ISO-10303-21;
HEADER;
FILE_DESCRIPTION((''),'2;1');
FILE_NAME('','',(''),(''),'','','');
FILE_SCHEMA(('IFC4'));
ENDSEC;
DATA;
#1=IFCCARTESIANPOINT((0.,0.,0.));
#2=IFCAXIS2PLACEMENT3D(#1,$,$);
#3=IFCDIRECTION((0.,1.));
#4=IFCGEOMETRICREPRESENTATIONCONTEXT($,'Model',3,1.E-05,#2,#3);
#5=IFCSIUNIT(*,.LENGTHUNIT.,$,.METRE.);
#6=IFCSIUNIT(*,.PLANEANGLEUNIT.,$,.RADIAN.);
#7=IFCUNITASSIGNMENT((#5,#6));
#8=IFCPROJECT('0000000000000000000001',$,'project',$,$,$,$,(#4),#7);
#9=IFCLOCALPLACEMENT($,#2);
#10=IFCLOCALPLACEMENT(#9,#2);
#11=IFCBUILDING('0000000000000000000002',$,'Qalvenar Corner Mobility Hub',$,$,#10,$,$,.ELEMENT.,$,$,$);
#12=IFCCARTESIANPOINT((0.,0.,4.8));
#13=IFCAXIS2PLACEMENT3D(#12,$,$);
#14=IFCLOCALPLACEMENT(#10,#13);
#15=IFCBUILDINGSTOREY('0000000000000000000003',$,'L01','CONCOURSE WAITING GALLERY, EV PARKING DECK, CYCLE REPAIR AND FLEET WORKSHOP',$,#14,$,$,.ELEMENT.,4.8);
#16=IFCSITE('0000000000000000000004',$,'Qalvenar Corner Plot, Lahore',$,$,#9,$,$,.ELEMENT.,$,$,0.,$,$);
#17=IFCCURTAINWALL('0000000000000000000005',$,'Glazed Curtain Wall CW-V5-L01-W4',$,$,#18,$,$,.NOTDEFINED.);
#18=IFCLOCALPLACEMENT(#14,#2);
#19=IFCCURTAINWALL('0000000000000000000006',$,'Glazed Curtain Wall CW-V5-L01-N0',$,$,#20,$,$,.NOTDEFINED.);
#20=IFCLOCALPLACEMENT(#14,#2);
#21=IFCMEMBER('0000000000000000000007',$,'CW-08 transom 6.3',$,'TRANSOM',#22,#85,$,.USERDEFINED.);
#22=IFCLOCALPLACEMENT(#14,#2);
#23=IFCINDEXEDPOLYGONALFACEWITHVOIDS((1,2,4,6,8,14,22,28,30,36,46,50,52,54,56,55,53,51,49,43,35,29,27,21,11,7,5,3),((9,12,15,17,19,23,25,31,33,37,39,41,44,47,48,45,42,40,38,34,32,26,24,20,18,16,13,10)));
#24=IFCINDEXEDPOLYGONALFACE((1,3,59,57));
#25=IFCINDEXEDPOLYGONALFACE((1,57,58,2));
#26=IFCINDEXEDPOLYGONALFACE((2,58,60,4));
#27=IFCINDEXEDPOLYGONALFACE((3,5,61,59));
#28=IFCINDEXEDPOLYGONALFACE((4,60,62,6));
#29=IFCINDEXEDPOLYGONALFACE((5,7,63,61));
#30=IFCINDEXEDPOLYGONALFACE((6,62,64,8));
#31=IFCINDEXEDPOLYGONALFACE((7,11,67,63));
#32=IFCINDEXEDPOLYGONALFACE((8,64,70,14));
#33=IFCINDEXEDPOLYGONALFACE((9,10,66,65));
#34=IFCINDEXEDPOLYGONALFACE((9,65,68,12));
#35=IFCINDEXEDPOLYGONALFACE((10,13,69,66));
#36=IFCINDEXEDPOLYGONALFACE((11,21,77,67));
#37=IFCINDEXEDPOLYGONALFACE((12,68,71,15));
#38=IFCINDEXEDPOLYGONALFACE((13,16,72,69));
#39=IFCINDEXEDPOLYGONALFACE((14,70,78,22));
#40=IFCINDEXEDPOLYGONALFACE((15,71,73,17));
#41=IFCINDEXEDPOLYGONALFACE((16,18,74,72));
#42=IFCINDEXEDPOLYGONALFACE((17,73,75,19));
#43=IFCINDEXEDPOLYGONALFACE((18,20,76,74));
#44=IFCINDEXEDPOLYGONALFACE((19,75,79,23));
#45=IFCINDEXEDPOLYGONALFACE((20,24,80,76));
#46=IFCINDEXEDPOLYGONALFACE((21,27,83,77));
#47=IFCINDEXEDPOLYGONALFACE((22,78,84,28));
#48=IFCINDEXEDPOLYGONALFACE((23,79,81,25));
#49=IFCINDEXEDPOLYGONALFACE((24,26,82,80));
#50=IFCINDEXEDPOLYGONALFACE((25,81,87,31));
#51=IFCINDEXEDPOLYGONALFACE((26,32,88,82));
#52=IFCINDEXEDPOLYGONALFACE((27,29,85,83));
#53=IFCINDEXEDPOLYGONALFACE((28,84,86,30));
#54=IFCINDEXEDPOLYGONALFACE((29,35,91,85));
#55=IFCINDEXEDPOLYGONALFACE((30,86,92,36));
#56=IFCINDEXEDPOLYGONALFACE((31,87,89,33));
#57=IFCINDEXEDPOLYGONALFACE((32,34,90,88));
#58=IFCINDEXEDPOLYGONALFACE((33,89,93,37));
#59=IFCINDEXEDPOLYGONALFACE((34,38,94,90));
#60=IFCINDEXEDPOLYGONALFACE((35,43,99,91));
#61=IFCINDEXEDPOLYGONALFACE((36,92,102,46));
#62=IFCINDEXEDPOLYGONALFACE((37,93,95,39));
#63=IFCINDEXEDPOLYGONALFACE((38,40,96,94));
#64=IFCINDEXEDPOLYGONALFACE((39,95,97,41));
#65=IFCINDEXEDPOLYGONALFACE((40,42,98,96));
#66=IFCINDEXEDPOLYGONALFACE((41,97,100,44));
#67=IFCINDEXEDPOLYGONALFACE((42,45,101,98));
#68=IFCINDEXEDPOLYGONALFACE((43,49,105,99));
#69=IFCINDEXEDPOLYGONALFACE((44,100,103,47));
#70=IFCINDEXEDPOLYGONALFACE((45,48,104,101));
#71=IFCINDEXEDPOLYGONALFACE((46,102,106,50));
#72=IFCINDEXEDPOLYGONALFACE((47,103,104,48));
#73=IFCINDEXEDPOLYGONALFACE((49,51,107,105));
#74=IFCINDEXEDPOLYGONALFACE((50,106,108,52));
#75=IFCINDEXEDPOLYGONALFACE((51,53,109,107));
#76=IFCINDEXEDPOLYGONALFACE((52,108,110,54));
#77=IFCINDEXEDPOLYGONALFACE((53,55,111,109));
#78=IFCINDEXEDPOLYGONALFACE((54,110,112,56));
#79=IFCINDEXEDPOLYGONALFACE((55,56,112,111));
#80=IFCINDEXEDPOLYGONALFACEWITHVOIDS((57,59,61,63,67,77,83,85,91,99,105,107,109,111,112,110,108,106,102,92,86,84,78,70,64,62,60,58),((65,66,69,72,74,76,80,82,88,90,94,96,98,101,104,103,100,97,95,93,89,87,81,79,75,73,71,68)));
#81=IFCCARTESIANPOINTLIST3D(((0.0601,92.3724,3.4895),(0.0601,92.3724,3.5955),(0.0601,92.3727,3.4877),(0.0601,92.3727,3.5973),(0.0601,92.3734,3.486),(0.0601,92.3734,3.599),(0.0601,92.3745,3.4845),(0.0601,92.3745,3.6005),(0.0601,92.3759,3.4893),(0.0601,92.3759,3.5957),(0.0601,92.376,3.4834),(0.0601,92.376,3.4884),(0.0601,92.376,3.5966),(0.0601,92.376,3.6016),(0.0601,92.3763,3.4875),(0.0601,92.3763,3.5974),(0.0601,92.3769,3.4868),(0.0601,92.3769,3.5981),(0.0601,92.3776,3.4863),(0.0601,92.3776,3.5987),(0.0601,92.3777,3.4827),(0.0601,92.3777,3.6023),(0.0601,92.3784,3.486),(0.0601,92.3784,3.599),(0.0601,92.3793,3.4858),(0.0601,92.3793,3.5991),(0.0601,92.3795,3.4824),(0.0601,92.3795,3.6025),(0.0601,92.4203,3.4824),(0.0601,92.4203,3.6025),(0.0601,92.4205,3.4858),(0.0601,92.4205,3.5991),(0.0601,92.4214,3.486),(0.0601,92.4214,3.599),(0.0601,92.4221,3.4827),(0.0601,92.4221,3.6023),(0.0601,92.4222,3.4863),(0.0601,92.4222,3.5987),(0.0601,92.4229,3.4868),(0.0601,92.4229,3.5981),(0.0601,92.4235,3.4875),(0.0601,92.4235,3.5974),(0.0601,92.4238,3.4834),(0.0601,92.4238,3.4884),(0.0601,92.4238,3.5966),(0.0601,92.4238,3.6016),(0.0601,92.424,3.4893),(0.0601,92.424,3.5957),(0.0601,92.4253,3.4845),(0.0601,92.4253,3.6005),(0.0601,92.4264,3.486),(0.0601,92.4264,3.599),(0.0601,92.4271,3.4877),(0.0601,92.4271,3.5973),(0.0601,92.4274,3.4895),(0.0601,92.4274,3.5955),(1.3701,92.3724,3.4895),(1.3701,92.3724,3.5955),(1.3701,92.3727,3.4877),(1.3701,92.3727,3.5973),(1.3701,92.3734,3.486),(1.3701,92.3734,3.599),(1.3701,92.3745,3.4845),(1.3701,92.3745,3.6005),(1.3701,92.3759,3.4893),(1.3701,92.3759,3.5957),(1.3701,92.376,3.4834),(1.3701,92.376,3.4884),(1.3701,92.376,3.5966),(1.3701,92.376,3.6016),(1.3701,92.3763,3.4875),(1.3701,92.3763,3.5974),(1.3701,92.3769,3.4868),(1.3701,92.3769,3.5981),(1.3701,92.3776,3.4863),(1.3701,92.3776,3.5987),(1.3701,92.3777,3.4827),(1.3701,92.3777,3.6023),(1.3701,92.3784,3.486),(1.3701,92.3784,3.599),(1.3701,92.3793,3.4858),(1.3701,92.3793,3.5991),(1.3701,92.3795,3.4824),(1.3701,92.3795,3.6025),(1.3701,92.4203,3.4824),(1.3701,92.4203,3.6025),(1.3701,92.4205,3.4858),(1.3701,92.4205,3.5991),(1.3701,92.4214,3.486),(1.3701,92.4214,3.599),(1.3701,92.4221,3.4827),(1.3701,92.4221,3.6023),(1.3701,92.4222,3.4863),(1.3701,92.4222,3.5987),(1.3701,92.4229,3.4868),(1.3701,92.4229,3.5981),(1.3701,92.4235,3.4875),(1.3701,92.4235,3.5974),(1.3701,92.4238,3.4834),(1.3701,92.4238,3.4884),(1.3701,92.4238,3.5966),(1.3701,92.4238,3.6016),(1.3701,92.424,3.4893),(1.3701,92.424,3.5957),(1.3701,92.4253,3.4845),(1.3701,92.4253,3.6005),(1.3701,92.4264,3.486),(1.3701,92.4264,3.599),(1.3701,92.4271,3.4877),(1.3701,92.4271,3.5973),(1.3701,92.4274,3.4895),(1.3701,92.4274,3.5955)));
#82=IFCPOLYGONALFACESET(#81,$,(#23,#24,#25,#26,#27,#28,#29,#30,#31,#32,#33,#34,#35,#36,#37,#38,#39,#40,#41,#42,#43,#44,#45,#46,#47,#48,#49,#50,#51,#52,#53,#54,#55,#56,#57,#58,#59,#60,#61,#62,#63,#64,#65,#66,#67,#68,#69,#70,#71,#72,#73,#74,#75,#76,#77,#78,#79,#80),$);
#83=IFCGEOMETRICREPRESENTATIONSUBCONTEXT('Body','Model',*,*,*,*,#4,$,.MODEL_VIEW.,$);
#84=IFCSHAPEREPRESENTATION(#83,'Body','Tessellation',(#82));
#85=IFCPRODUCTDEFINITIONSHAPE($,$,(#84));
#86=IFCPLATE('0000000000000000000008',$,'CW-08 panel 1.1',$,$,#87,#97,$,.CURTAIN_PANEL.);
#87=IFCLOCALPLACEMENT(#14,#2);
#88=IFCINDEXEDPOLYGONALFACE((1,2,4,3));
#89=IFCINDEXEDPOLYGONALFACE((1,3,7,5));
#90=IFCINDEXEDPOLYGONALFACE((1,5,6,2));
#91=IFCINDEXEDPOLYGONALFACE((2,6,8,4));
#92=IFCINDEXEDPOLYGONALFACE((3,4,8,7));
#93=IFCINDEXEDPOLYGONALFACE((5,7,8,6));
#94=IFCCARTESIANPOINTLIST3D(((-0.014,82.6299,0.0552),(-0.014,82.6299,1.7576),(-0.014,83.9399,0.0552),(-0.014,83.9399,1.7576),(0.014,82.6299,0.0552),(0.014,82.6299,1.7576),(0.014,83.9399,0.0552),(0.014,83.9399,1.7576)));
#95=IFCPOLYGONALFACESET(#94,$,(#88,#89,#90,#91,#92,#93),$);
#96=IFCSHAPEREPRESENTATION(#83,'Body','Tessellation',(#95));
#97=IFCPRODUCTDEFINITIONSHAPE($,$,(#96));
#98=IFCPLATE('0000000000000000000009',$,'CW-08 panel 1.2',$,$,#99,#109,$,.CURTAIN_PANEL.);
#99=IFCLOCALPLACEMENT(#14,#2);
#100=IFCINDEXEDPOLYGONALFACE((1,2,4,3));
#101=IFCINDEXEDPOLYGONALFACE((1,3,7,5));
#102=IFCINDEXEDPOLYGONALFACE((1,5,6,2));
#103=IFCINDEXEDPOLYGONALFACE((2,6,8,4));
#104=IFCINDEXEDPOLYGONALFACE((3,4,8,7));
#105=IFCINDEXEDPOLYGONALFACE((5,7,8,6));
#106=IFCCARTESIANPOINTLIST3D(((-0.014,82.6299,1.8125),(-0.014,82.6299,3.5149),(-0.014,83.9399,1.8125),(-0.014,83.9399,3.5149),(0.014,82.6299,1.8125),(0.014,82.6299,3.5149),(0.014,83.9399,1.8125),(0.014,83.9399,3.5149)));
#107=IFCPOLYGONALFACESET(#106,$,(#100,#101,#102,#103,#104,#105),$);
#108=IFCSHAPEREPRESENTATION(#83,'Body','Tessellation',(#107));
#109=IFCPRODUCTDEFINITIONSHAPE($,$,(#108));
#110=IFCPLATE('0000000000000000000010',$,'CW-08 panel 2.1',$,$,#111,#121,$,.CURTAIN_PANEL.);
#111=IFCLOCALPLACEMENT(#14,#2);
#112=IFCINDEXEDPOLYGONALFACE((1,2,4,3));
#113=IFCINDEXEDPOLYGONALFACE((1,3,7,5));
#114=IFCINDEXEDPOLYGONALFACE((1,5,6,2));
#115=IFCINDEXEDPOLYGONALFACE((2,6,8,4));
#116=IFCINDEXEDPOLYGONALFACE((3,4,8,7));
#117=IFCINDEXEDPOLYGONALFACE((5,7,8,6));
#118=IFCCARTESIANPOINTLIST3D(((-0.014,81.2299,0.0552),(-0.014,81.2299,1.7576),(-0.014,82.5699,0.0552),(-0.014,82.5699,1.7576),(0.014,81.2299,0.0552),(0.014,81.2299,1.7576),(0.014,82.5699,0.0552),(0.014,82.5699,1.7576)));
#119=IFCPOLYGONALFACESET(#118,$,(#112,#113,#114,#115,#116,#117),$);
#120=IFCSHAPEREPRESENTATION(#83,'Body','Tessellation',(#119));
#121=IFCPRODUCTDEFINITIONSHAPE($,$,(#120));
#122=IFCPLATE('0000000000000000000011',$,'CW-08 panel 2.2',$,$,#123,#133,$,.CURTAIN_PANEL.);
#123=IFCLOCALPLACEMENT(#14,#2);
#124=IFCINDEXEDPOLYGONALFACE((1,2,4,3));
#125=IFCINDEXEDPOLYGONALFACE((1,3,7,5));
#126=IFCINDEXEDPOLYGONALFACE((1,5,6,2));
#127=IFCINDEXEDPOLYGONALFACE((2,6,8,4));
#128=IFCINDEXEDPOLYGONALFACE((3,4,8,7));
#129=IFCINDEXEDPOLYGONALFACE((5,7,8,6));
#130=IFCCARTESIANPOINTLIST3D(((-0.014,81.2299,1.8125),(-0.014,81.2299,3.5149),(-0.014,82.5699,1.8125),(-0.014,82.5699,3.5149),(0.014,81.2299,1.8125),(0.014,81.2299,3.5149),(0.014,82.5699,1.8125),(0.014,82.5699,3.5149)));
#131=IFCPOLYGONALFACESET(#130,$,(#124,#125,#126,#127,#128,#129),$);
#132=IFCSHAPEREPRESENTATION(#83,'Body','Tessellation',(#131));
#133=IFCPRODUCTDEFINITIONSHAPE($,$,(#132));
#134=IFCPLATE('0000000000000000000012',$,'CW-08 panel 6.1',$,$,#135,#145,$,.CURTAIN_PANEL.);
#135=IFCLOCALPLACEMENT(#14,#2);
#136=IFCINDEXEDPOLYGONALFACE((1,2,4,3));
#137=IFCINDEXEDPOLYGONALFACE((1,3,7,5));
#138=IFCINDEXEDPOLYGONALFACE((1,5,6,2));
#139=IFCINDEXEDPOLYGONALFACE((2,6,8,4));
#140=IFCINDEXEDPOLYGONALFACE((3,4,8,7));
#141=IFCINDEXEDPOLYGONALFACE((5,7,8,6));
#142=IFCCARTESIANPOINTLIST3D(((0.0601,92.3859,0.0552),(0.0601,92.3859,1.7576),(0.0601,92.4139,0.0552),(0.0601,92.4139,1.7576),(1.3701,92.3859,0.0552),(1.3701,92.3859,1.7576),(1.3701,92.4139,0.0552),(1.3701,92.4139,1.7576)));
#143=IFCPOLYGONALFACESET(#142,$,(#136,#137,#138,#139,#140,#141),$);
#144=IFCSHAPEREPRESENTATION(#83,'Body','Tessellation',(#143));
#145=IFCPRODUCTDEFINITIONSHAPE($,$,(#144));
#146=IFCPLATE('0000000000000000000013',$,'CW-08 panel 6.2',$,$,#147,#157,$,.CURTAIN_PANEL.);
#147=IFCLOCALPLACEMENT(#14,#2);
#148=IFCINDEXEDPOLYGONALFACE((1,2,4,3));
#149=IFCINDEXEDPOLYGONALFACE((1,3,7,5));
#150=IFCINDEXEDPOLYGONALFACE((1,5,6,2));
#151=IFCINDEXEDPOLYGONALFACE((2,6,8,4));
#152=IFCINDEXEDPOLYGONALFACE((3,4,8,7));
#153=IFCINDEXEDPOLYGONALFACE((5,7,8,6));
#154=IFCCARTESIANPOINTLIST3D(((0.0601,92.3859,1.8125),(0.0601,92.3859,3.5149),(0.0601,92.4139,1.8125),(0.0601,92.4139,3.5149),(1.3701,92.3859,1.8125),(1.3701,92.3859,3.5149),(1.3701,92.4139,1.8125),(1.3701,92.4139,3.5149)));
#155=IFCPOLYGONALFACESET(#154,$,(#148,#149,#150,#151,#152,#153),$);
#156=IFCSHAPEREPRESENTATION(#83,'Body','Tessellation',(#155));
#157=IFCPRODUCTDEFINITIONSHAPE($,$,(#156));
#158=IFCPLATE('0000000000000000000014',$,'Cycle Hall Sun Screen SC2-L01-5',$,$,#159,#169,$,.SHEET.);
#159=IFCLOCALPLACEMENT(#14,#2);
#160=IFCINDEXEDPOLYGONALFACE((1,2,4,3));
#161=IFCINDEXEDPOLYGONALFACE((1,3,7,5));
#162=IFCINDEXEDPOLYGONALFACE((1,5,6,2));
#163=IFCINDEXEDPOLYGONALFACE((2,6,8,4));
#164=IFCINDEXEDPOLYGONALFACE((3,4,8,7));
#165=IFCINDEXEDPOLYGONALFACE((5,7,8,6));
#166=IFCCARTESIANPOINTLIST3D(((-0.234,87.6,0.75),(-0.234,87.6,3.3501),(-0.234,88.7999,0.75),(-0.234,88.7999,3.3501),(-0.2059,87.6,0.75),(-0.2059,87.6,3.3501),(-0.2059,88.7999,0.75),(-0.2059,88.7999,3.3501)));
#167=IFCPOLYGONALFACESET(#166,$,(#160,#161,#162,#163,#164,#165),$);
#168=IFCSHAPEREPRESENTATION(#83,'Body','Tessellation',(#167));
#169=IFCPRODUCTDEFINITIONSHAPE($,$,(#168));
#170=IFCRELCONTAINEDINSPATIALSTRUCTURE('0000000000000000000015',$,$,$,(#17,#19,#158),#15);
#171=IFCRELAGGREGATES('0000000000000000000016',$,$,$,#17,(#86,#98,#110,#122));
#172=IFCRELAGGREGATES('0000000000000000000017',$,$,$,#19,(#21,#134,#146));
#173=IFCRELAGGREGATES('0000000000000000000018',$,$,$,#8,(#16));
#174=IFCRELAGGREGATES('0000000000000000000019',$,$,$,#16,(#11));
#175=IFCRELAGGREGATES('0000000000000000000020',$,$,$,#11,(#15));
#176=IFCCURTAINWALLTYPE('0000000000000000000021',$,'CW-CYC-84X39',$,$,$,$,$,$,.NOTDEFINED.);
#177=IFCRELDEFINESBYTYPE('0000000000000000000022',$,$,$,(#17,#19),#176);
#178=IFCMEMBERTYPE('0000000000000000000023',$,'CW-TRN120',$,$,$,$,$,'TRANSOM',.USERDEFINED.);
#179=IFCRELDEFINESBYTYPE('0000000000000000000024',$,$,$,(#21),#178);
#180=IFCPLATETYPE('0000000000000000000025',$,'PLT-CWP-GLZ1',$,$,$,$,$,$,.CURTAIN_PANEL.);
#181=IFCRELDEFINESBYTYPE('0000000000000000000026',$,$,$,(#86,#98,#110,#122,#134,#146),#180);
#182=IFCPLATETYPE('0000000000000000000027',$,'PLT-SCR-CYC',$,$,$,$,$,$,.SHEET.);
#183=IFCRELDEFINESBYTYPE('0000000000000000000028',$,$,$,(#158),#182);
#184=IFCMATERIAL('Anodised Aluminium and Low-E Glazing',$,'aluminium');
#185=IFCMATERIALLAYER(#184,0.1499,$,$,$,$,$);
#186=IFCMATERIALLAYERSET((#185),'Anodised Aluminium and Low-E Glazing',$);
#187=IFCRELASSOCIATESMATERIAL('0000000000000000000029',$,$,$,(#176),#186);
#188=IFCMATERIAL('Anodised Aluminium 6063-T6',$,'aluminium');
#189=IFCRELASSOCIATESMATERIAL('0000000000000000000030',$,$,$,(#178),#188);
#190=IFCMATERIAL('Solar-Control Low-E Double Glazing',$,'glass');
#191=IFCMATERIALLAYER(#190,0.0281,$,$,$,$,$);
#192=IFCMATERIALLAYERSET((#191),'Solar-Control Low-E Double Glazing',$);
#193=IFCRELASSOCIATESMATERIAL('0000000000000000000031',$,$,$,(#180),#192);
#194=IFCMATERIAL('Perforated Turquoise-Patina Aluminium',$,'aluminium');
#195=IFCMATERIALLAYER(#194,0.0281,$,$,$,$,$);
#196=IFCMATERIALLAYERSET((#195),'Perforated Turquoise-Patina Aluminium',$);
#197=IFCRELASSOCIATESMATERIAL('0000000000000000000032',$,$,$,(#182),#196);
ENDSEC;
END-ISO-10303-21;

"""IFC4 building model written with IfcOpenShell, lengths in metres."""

from ifc_helpers import new_model, si_unit, direction, frame, origin, origin_2d, place, context, subcontext, project, spatial, rectangle, hollow_rectangle, extrude, material, layer, layer_set, material_profile, profile_set, type_object, element, aggregate, save


model = new_model("IFC4")

# Units and contexts
model_context = context("Model", 3, precision=1e-05, world=origin(), true_north=direction((0.0, 1.0)))
body_context = subcontext(model_context, "Body", "Model", "MODEL_VIEW")
ifc_project = project(units=[si_unit("LENGTHUNIT", "METRE"), si_unit("PLANEANGLEUNIT", "RADIAN")], contexts=[model_context])

# Site, building, storey
site_placement = place(None, origin())
site = spatial("IfcSite", under=ifc_project, at=site_placement, Name="Qalvenar Corner Plot, Lahore", CompositionType="ELEMENT", RefElevation=0.0)
building_placement = place(site_placement, origin())
building = spatial("IfcBuilding", under=site, at=building_placement, Name="Qalvenar Corner Mobility Hub", CompositionType="ELEMENT")
storey_placement = place(building_placement, frame((0.0, 0.0, 4.8)))
storey = spatial("IfcBuildingStorey", under=building, at=storey_placement, Name="L01", Description="CONCOURSE WAITING GALLERY, EV PARKING DECK, CYCLE REPAIR AND FLEET WORKSHOP", CompositionType="ELEMENT", Elevation=4.8)

# Curtain walls
ifc_material_1 = material(Name="Anodised Aluminium and Low-E Glazing", Category="aluminium")
ifc_layer_1 = layer(ifc_material_1, 0.1499)
ifc_layer_set_1 = layer_set([ifc_layer_1], Name="Anodised Aluminium and Low-E Glazing")
curtain_wall_type = type_object("IfcCurtainWallType", Name="CW-CYC-84X39", PredefinedType="NOTDEFINED", material=ifc_layer_set_1)
curtain_wall_1_placement = place(storey_placement, origin())
curtain_wall_1 = element("IfcCurtainWall", 1, at=curtain_wall_1_placement, inside=storey, type_object=curtain_wall_type, Name="Glazed Curtain Wall CW-V5-L01-W4", PredefinedType="NOTDEFINED")
ifc_material_2 = material(Name="Anodised Aluminium 6063-T6", Category="aluminium")
curtain_wall_2_placement = place(storey_placement, origin())
curtain_wall_2 = element("IfcCurtainWall", 2, at=curtain_wall_2_placement, inside=storey, type_object=curtain_wall_type, Name="Glazed Curtain Wall CW-V5-L01-N0", PredefinedType="NOTDEFINED")

# Member
ifc_material_profile_1 = material_profile(ifc_material_2, hollow_rectangle(XDim=0.0549, YDim=0.1201, WallThickness=0.0034, InnerFilletRadius=0.0034, OuterFilletRadius=0.0071, at=origin_2d()), Name="RHS120x55x3.5")
ifc_profile_set_1 = profile_set([ifc_material_profile_1], Name="Anodised Aluminium 6063-T6")
member_type_1 = type_object("IfcMemberType", Name="CW-TRN120", ElementType="TRANSOM", PredefinedType="USERDEFINED", material=ifc_profile_set_1)
member_1_placement = place(storey_placement, frame((1.3701, 92.3999, 3.5425), z_axis=(-1.0, 0.0, 0.0), x_axis=(0.0, -1.0, 0.0)))
member_1 = element("IfcMember", 3, at=member_1_placement, type_object=member_type_1, Name="CW-08 transom 6.3", ObjectType="TRANSOM", PredefinedType="USERDEFINED", context=body_context, shape_type="SweptSolid", body=[
    extrude(hollow_rectangle(XDim=0.0549, YDim=0.1201, WallThickness=0.0034, InnerFilletRadius=0.0034, OuterFilletRadius=0.0071, at=origin_2d()), origin(), (0.0, 0.0, 1.0), 1.3101),
])

# Plates
ifc_material_3 = material(Name="Solar-Control Low-E Double Glazing", Category="glass")
ifc_layer_2 = layer(ifc_material_3, 0.0281)
ifc_layer_set_2 = layer_set([ifc_layer_2], Name="Solar-Control Low-E Double Glazing")
plate_type_1 = type_object("IfcPlateType", Name="PLT-CWP-GLZ1", PredefinedType="CURTAIN_PANEL", material=ifc_layer_set_2)
plate_1_placement = place(storey_placement, frame((0.0, 83.2849, 0.0552), z_axis=(0.0, 0.0, 1.0), x_axis=(0.0, -1.0, 0.0)))
plate_1 = element("IfcPlate", 4, at=plate_1_placement, type_object=plate_type_1, Name="CW-08 panel 1.1", PredefinedType="CURTAIN_PANEL", context=body_context, shape_type="SweptSolid", body=[
    extrude(rectangle(XDim=1.3101, YDim=0.0281, at=origin_2d()), origin(), (0.0, 0.0, 1.0), 1.7024),
])
plate_2_placement = place(storey_placement, frame((0.0, 83.2849, 1.8125), z_axis=(0.0, 0.0, 1.0), x_axis=(0.0, -1.0, 0.0)))
plate_2 = element("IfcPlate", 5, at=plate_2_placement, type_object=plate_type_1, Name="CW-08 panel 1.2", PredefinedType="CURTAIN_PANEL", context=body_context, shape_type="SweptSolid", body=[
    extrude(rectangle(XDim=1.3101, YDim=0.0281, at=origin_2d()), origin(), (0.0, 0.0, 1.0), 1.7024),
])
plate_3_placement = place(storey_placement, frame((0.0, 81.8999, 0.0552), z_axis=(0.0, 0.0, 1.0), x_axis=(0.0, -1.0, 0.0)))
plate_3 = element("IfcPlate", 6, at=plate_3_placement, type_object=plate_type_1, Name="CW-08 panel 2.1", PredefinedType="CURTAIN_PANEL", context=body_context, shape_type="SweptSolid", body=[
    extrude(rectangle(XDim=1.3401, YDim=0.0281, at=origin_2d()), origin(), (0.0, 0.0, 1.0), 1.7024),
])
plate_4_placement = place(storey_placement, frame((0.0, 81.8999, 1.8125), z_axis=(0.0, 0.0, 1.0), x_axis=(0.0, -1.0, 0.0)))
plate_4 = element("IfcPlate", 7, at=plate_4_placement, type_object=plate_type_1, Name="CW-08 panel 2.2", PredefinedType="CURTAIN_PANEL", context=body_context, shape_type="SweptSolid", body=[
    extrude(rectangle(XDim=1.3401, YDim=0.0281, at=origin_2d()), origin(), (0.0, 0.0, 1.0), 1.7024),
])
aggregate(curtain_wall_1, [plate_1, plate_2, plate_3, plate_4])
plate_5_placement = place(storey_placement, frame((0.7151, 92.3999, 0.0552), z_axis=(0.0, 0.0, 1.0), x_axis=(-1.0, 0.0, 0.0)))
plate_5 = element("IfcPlate", 8, at=plate_5_placement, type_object=plate_type_1, Name="CW-08 panel 6.1", PredefinedType="CURTAIN_PANEL", context=body_context, shape_type="SweptSolid", body=[
    extrude(rectangle(XDim=1.3101, YDim=0.0281, at=origin_2d()), origin(), (0.0, 0.0, 1.0), 1.7024),
])
plate_6_placement = place(storey_placement, frame((0.7151, 92.3999, 1.8125), z_axis=(0.0, 0.0, 1.0), x_axis=(-1.0, 0.0, 0.0)))
plate_6 = element("IfcPlate", 9, at=plate_6_placement, type_object=plate_type_1, Name="CW-08 panel 6.2", PredefinedType="CURTAIN_PANEL", context=body_context, shape_type="SweptSolid", body=[
    extrude(rectangle(XDim=1.3101, YDim=0.0281, at=origin_2d()), origin(), (0.0, 0.0, 1.0), 1.7024),
])
aggregate(curtain_wall_2, [member_1, plate_5, plate_6])
ifc_material_4 = material(Name="Perforated Turquoise-Patina Aluminium", Category="aluminium")
ifc_layer_3 = layer(ifc_material_4, 0.0281)
ifc_layer_set_3 = layer_set([ifc_layer_3], Name="Perforated Turquoise-Patina Aluminium")
plate_type_2 = type_object("IfcPlateType", Name="PLT-SCR-CYC", PredefinedType="SHEET", material=ifc_layer_set_3)
plate_7_placement = place(storey_placement, frame((-0.22, 88.2, 0.75), z_axis=(0.0, 0.0, 1.0), x_axis=(0.0, 1.0, 0.0)))
element("IfcPlate", 10, at=plate_7_placement, inside=storey, type_object=plate_type_2, Name="Cycle Hall Sun Screen SC2-L01-5", PredefinedType="SHEET", context=body_context, shape_type="SweptSolid", body=[
    extrude(rectangle(XDim=1.2, YDim=0.0281, at=origin_2d()), origin(), (0.0, 0.0, 1.0), 2.6001),
])

save(model, "model.ifc")
